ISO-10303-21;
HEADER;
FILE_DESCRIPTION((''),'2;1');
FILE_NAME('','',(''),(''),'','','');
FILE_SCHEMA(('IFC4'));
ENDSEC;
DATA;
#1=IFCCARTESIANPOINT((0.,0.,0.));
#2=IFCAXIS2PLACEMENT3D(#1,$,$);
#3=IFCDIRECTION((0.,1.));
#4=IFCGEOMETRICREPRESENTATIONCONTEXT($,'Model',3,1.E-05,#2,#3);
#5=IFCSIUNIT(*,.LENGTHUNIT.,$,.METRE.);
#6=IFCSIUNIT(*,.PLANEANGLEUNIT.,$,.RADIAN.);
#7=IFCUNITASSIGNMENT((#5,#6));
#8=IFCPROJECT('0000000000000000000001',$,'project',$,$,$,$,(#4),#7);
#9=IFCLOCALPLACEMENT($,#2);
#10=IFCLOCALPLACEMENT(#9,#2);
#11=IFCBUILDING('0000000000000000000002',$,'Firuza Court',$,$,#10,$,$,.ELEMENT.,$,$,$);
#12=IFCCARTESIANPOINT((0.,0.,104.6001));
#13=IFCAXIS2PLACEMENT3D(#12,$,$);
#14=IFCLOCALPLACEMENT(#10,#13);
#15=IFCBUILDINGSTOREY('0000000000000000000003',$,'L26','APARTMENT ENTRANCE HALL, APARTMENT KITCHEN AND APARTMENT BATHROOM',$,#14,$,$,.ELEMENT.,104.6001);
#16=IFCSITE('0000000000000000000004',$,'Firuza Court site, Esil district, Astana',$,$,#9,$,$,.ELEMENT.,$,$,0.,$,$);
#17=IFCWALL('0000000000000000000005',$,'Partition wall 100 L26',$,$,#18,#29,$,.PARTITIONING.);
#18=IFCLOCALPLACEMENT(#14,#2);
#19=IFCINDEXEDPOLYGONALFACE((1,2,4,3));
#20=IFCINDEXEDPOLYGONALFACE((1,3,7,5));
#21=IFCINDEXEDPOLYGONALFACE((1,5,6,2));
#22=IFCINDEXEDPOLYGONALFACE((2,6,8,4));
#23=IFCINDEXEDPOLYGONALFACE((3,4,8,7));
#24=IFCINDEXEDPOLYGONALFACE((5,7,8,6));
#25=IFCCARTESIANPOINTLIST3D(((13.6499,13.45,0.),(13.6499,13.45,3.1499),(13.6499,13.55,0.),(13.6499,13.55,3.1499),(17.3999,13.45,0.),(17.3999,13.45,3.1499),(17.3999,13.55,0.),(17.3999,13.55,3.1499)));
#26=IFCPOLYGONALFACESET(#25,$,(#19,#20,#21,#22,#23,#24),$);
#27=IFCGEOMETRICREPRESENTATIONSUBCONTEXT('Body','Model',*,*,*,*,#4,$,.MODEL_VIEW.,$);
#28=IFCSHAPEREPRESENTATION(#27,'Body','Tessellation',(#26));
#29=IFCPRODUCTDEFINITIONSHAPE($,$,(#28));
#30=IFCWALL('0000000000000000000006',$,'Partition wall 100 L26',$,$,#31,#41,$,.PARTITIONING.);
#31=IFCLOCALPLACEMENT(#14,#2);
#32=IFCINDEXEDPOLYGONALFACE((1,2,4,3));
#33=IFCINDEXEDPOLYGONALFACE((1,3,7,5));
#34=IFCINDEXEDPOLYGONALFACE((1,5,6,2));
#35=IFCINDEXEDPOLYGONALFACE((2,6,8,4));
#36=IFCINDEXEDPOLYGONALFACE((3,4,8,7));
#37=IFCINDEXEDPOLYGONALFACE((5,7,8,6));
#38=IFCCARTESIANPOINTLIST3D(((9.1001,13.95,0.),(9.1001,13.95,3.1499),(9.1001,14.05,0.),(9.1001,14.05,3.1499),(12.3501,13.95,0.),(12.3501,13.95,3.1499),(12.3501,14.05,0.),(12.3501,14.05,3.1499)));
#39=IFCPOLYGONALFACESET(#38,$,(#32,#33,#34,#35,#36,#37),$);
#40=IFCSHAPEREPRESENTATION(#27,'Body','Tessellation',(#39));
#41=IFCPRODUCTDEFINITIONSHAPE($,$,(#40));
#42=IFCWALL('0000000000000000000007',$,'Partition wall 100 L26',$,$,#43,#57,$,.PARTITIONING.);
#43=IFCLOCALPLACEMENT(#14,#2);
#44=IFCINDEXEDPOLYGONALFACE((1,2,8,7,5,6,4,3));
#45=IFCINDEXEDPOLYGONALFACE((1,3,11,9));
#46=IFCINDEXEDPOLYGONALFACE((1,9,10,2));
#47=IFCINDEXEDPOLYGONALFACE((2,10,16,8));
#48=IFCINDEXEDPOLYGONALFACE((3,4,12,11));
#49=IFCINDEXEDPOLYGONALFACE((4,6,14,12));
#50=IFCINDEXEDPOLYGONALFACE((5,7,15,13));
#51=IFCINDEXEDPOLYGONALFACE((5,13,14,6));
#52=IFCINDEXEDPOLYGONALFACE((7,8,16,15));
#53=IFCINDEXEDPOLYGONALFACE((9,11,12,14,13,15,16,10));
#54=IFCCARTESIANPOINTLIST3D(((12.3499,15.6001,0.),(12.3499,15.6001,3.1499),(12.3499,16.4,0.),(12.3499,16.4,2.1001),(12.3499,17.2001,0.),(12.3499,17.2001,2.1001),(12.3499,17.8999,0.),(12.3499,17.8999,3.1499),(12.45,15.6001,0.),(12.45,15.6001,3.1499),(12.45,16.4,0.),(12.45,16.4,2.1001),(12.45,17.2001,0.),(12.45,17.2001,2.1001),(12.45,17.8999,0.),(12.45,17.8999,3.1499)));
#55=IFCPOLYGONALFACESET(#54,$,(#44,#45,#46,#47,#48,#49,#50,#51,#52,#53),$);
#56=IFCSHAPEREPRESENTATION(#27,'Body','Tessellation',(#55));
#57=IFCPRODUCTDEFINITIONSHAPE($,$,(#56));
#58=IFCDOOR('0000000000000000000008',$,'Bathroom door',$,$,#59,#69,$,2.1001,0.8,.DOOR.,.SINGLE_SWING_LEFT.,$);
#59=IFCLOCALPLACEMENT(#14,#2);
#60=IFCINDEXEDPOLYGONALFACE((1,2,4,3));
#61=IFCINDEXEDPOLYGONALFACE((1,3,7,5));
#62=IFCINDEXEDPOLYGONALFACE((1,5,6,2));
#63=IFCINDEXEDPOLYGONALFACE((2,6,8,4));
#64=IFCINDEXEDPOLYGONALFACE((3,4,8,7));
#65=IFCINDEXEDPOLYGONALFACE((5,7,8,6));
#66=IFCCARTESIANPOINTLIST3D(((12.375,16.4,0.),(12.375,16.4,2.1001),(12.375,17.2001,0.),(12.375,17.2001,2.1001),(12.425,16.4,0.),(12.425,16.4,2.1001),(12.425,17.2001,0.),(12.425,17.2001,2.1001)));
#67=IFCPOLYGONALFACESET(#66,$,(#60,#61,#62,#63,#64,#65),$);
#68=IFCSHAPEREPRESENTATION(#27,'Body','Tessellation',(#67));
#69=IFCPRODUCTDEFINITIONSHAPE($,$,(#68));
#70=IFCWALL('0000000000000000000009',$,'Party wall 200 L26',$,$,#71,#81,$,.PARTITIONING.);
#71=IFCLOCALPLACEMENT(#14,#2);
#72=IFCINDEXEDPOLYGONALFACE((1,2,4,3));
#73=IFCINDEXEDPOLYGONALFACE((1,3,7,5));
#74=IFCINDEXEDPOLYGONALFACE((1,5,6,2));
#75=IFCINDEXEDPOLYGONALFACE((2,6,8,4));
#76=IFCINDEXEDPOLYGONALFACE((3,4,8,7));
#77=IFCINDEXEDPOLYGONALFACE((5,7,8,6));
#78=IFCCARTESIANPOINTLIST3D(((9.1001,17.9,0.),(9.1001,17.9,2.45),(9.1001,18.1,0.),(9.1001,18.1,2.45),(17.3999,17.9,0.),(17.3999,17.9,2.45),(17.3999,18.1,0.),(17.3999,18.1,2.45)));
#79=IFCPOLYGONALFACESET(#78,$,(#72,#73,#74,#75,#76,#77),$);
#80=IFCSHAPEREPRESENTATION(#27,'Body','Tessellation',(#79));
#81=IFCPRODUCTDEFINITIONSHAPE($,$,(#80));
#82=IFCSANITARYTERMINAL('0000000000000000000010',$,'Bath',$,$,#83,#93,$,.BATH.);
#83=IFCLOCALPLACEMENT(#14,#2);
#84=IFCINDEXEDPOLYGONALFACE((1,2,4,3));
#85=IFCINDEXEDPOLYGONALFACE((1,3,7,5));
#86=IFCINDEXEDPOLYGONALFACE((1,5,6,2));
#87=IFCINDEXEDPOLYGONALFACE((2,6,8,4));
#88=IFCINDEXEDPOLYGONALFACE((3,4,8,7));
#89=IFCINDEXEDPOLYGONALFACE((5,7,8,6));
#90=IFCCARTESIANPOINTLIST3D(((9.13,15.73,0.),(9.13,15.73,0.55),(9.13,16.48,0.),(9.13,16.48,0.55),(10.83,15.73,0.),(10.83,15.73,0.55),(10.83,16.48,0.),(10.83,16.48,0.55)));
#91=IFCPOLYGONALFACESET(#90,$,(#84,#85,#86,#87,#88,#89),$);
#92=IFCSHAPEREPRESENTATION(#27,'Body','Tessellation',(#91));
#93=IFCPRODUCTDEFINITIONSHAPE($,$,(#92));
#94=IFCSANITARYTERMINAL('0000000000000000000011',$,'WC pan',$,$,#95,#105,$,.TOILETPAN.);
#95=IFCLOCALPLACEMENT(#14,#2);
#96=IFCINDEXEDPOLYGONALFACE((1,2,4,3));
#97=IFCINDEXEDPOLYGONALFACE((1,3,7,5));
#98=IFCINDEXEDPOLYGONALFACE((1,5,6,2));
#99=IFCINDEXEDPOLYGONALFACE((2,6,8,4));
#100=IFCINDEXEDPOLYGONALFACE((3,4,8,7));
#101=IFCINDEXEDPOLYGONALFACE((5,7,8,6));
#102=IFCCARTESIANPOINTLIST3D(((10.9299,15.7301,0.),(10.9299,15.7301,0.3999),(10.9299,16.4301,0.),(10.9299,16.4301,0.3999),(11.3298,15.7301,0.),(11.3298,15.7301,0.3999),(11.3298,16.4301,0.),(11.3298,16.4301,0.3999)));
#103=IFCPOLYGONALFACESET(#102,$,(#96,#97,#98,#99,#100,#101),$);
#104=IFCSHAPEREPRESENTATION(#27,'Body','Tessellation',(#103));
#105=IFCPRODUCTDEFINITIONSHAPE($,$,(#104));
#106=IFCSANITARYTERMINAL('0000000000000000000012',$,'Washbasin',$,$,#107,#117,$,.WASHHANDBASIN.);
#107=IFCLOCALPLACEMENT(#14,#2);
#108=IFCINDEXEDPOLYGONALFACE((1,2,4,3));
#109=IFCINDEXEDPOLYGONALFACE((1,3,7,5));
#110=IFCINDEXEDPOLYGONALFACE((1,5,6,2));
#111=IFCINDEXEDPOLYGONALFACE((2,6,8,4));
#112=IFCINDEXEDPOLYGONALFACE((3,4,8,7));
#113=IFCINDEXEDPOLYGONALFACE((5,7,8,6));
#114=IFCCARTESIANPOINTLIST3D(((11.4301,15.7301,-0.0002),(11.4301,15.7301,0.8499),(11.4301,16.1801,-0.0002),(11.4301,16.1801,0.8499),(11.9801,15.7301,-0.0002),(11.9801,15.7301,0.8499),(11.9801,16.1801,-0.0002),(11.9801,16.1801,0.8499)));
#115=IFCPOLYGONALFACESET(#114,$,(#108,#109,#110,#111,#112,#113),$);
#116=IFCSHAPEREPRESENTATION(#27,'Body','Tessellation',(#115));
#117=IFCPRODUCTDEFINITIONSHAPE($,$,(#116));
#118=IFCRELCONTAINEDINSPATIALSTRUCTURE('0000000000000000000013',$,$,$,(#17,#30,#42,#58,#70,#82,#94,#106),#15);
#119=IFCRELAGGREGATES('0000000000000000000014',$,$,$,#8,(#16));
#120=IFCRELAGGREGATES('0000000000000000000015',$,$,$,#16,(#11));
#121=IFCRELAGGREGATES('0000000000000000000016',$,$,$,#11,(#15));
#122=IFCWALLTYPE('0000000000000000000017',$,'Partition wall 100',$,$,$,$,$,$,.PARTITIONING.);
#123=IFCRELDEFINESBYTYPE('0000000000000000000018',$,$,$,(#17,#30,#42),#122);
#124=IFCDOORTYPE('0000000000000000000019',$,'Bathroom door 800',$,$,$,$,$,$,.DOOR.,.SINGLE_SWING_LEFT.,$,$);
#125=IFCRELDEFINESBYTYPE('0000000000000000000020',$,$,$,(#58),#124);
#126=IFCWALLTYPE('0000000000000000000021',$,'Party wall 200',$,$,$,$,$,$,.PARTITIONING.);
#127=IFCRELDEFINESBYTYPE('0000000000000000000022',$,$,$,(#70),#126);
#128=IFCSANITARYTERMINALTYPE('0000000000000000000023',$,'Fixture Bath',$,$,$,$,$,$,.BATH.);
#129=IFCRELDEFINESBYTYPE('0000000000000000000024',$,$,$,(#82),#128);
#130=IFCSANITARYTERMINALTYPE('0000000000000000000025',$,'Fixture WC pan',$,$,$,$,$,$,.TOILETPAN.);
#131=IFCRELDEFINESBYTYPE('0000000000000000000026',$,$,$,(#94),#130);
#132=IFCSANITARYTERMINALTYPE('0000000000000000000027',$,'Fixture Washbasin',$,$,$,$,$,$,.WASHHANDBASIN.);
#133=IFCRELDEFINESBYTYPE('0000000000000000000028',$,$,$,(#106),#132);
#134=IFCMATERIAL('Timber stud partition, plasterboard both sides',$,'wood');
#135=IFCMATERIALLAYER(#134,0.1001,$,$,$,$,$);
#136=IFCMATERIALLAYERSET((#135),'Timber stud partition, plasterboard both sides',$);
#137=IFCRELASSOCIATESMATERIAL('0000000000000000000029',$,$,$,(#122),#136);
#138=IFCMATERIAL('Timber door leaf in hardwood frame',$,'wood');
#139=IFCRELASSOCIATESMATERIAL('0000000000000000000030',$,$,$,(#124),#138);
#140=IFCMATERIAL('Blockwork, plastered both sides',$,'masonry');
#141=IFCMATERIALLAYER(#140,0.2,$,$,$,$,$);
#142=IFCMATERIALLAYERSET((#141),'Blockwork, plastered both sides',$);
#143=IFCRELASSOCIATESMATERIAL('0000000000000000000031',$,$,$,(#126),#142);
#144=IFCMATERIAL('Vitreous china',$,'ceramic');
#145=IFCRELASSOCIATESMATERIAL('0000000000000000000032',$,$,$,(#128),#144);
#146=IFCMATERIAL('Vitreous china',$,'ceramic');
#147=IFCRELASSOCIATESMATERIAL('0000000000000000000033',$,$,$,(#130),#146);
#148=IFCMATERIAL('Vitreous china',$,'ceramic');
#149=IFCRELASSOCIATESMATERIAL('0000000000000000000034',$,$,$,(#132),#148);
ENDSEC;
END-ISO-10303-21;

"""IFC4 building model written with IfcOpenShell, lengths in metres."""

from ifc_helpers import new_model, si_unit, direction, frame, frame_2d, origin, origin_2d, place, context, subcontext, project, spatial, rectangle, extrude, material, layer, layer_set, type_object, element, fill, save


model = new_model("IFC4")

# Units and contexts
model_context = context("Model", 3, precision=1e-05, world=origin(), true_north=direction((0.0, 1.0)))
body_context = subcontext(model_context, "Body", "Model", "MODEL_VIEW")
ifc_project = project(units=[si_unit("LENGTHUNIT", "METRE"), si_unit("PLANEANGLEUNIT", "RADIAN")], contexts=[model_context])

# Site, building, storey
site_placement = place(None, origin())
site = spatial("IfcSite", under=ifc_project, at=site_placement, Name="Firuza Court site, Esil district, Astana", CompositionType="ELEMENT", RefElevation=0.0)
building_placement = place(site_placement, origin())
building = spatial("IfcBuilding", under=site, at=building_placement, Name="Firuza Court", CompositionType="ELEMENT")
storey_placement = place(building_placement, frame((0.0, 0.0, 104.6001)))
storey = spatial("IfcBuildingStorey", under=building, at=storey_placement, Name="L26", Description="APARTMENT ENTRANCE HALL, APARTMENT KITCHEN AND APARTMENT BATHROOM", CompositionType="ELEMENT", Elevation=104.6001)

# Shared definitions
ifc_material_1 = material(Name="Blockwork, plastered both sides", Category="masonry")
ifc_material_2 = material(Name="Timber stud partition, plasterboard both sides", Category="wood")
ifc_layer_1 = layer(ifc_material_2, 0.1001)
ifc_layer_set_1 = layer_set([ifc_layer_1], Name="Timber stud partition, plasterboard both sides")
wall_type_1 = type_object("IfcWallType", Name="Partition wall 100", PredefinedType="PARTITIONING", material=ifc_layer_set_1)

# Walls
wall_1_placement = place(storey_placement, frame((13.6499, 13.5, 0.0), z_axis=(0.0, 0.0, 1.0), x_axis=(1.0, 0.0, 0.0)))
element("IfcWall", 1, at=wall_1_placement, inside=storey, type_object=wall_type_1, Name="Partition wall 100 L26", PredefinedType="PARTITIONING", context=body_context, shape_type="SweptSolid", body=[
    extrude(rectangle(XDim=3.75, YDim=0.1001, at=frame_2d((1.875, 0.0))), origin(), (0.0, 0.0, 1.0), 3.1499),
])
wall_2_placement = place(storey_placement, frame((9.1001, 14.0, 0.0), z_axis=(0.0, 0.0, 1.0), x_axis=(1.0, 0.0, 0.0)))
element("IfcWall", 2, at=wall_2_placement, inside=storey, type_object=wall_type_1, Name="Partition wall 100 L26", PredefinedType="PARTITIONING", context=body_context, shape_type="SweptSolid", body=[
    extrude(rectangle(XDim=3.25, YDim=0.1001, at=frame_2d((1.625, 0.0))), origin(), (0.0, 0.0, 1.0), 3.1499),
])

# Wall, opening, door
wall_3_placement = place(storey_placement, frame((12.3999, 15.6001, 0.0), z_axis=(0.0, 0.0, 1.0), x_axis=(0.0, 1.0, 0.0)))
wall_3 = element("IfcWall", 3, at=wall_3_placement, inside=storey, type_object=wall_type_1, Name="Partition wall 100 L26", PredefinedType="PARTITIONING", context=body_context, shape_type="SweptSolid", body=[
    extrude(rectangle(XDim=2.2998, YDim=0.1001, at=frame_2d((1.1499, 0.0))), origin(), (0.0, 0.0, 1.0), 3.1499),
])
opening_1_placement = place(wall_3_placement, frame((0.8, 0.0, 0.0)))
opening_1 = element("IfcOpeningElement", 4, at=opening_1_placement, cuts=wall_3, PredefinedType="OPENING", context=body_context, shape_type="SweptSolid", body=[
    extrude(rectangle(XDim=0.8, YDim=2.1001, at=frame_2d((0.3999, 1.05))), frame((0.0, 0.062, 0.0), z_axis=(0.0, -1.0, 0.0), x_axis=(1.0, 0.0, 0.0)), (0.0, 0.0, 1.0), 0.124),
])
ifc_material_3 = material(Name="Timber door leaf in hardwood frame", Category="wood")
door_type_1 = type_object("IfcDoorType", Name="Bathroom door 800", OperationType="SINGLE_SWING_LEFT", PredefinedType="DOOR", material=ifc_material_3)
door_1_placement = place(opening_1_placement, origin())
door_1 = element("IfcDoor", 5, at=door_1_placement, inside=storey, type_object=door_type_1, Name="Bathroom door", OperationType="SINGLE_SWING_LEFT", OverallHeight=2.1001, OverallWidth=0.8, PredefinedType="DOOR", context=body_context, shape_type="SweptSolid", body=[
    extrude(rectangle(XDim=0.8, YDim=2.1001, at=frame_2d((0.3999, 1.05))), frame((0.0, 0.0249, 0.0), z_axis=(0.0, -1.0, 0.0), x_axis=(1.0, 0.0, 0.0)), (0.0, 0.0, 1.0), 0.05),
])
fill(opening_1, door_1)

# Wall
ifc_layer_2 = layer(ifc_material_1, 0.2)
ifc_layer_set_2 = layer_set([ifc_layer_2], Name="Blockwork, plastered both sides")
wall_type_2 = type_object("IfcWallType", Name="Party wall 200", PredefinedType="PARTITIONING", material=ifc_layer_set_2)
wall_4_placement = place(storey_placement, frame((9.1001, 18.0, 0.0), z_axis=(0.0, 0.0, 1.0), x_axis=(1.0, 0.0, 0.0)))
element("IfcWall", 6, at=wall_4_placement, inside=storey, type_object=wall_type_2, Name="Party wall 200 L26", PredefinedType="PARTITIONING", context=body_context, shape_type="SweptSolid", body=[
    extrude(rectangle(XDim=8.2998, YDim=0.2, at=frame_2d((4.1499, 0.0))), origin(), (0.0, 0.0, 1.0), 2.45),
])

# Sanitary terminals
ifc_material_4 = material(Name="Vitreous china", Category="ceramic")
sanitary_terminal_type_1 = type_object("IfcSanitaryTerminalType", Name="Fixture Bath", PredefinedType="BATH", material=ifc_material_4)
sanitary_terminal_1_placement = place(storey_placement, frame((9.98, 16.105, 0.0), z_axis=(0.0, 0.0, 1.0), x_axis=(1.0, 0.0, 0.0)))
element("IfcSanitaryTerminal", 7, at=sanitary_terminal_1_placement, inside=storey, type_object=sanitary_terminal_type_1, Name="Bath", PredefinedType="BATH", context=body_context, shape_type="SweptSolid", body=[
    extrude(rectangle(XDim=1.7, YDim=0.75, at=origin_2d()), origin(), (0.0, 0.0, 1.0), 0.55),
])
ifc_material_5 = material(Name="Vitreous china", Category="ceramic")
sanitary_terminal_type_2 = type_object("IfcSanitaryTerminalType", Name="Fixture WC pan", PredefinedType="TOILETPAN", material=ifc_material_5)
sanitary_terminal_2_placement = place(storey_placement, frame((11.1299, 16.0801, 0.0), z_axis=(0.0, 0.0, 1.0), x_axis=(1.0, 0.0, 0.0)))
element("IfcSanitaryTerminal", 8, at=sanitary_terminal_2_placement, inside=storey, type_object=sanitary_terminal_type_2, Name="WC pan", PredefinedType="TOILETPAN", context=body_context, shape_type="SweptSolid", body=[
    extrude(rectangle(XDim=0.3999, YDim=0.7, at=origin_2d()), origin(), (0.0, 0.0, 1.0), 0.3999),
])
ifc_material_6 = material(Name="Vitreous china", Category="ceramic")
sanitary_terminal_type_3 = type_object("IfcSanitaryTerminalType", Name="Fixture Washbasin", PredefinedType="WASHHANDBASIN", material=ifc_material_6)
sanitary_terminal_3_placement = place(storey_placement, frame((11.7051, 15.9551, -0.0002), z_axis=(0.0, 0.0, 1.0), x_axis=(1.0, 0.0, 0.0)))
element("IfcSanitaryTerminal", 9, at=sanitary_terminal_3_placement, inside=storey, type_object=sanitary_terminal_type_3, Name="Washbasin", PredefinedType="WASHHANDBASIN", context=body_context, shape_type="SweptSolid", body=[
    extrude(rectangle(XDim=0.55, YDim=0.45, at=origin_2d()), origin(), (0.0, 0.0, 1.0), 0.8501),
])

save(model, "model.ifc")
